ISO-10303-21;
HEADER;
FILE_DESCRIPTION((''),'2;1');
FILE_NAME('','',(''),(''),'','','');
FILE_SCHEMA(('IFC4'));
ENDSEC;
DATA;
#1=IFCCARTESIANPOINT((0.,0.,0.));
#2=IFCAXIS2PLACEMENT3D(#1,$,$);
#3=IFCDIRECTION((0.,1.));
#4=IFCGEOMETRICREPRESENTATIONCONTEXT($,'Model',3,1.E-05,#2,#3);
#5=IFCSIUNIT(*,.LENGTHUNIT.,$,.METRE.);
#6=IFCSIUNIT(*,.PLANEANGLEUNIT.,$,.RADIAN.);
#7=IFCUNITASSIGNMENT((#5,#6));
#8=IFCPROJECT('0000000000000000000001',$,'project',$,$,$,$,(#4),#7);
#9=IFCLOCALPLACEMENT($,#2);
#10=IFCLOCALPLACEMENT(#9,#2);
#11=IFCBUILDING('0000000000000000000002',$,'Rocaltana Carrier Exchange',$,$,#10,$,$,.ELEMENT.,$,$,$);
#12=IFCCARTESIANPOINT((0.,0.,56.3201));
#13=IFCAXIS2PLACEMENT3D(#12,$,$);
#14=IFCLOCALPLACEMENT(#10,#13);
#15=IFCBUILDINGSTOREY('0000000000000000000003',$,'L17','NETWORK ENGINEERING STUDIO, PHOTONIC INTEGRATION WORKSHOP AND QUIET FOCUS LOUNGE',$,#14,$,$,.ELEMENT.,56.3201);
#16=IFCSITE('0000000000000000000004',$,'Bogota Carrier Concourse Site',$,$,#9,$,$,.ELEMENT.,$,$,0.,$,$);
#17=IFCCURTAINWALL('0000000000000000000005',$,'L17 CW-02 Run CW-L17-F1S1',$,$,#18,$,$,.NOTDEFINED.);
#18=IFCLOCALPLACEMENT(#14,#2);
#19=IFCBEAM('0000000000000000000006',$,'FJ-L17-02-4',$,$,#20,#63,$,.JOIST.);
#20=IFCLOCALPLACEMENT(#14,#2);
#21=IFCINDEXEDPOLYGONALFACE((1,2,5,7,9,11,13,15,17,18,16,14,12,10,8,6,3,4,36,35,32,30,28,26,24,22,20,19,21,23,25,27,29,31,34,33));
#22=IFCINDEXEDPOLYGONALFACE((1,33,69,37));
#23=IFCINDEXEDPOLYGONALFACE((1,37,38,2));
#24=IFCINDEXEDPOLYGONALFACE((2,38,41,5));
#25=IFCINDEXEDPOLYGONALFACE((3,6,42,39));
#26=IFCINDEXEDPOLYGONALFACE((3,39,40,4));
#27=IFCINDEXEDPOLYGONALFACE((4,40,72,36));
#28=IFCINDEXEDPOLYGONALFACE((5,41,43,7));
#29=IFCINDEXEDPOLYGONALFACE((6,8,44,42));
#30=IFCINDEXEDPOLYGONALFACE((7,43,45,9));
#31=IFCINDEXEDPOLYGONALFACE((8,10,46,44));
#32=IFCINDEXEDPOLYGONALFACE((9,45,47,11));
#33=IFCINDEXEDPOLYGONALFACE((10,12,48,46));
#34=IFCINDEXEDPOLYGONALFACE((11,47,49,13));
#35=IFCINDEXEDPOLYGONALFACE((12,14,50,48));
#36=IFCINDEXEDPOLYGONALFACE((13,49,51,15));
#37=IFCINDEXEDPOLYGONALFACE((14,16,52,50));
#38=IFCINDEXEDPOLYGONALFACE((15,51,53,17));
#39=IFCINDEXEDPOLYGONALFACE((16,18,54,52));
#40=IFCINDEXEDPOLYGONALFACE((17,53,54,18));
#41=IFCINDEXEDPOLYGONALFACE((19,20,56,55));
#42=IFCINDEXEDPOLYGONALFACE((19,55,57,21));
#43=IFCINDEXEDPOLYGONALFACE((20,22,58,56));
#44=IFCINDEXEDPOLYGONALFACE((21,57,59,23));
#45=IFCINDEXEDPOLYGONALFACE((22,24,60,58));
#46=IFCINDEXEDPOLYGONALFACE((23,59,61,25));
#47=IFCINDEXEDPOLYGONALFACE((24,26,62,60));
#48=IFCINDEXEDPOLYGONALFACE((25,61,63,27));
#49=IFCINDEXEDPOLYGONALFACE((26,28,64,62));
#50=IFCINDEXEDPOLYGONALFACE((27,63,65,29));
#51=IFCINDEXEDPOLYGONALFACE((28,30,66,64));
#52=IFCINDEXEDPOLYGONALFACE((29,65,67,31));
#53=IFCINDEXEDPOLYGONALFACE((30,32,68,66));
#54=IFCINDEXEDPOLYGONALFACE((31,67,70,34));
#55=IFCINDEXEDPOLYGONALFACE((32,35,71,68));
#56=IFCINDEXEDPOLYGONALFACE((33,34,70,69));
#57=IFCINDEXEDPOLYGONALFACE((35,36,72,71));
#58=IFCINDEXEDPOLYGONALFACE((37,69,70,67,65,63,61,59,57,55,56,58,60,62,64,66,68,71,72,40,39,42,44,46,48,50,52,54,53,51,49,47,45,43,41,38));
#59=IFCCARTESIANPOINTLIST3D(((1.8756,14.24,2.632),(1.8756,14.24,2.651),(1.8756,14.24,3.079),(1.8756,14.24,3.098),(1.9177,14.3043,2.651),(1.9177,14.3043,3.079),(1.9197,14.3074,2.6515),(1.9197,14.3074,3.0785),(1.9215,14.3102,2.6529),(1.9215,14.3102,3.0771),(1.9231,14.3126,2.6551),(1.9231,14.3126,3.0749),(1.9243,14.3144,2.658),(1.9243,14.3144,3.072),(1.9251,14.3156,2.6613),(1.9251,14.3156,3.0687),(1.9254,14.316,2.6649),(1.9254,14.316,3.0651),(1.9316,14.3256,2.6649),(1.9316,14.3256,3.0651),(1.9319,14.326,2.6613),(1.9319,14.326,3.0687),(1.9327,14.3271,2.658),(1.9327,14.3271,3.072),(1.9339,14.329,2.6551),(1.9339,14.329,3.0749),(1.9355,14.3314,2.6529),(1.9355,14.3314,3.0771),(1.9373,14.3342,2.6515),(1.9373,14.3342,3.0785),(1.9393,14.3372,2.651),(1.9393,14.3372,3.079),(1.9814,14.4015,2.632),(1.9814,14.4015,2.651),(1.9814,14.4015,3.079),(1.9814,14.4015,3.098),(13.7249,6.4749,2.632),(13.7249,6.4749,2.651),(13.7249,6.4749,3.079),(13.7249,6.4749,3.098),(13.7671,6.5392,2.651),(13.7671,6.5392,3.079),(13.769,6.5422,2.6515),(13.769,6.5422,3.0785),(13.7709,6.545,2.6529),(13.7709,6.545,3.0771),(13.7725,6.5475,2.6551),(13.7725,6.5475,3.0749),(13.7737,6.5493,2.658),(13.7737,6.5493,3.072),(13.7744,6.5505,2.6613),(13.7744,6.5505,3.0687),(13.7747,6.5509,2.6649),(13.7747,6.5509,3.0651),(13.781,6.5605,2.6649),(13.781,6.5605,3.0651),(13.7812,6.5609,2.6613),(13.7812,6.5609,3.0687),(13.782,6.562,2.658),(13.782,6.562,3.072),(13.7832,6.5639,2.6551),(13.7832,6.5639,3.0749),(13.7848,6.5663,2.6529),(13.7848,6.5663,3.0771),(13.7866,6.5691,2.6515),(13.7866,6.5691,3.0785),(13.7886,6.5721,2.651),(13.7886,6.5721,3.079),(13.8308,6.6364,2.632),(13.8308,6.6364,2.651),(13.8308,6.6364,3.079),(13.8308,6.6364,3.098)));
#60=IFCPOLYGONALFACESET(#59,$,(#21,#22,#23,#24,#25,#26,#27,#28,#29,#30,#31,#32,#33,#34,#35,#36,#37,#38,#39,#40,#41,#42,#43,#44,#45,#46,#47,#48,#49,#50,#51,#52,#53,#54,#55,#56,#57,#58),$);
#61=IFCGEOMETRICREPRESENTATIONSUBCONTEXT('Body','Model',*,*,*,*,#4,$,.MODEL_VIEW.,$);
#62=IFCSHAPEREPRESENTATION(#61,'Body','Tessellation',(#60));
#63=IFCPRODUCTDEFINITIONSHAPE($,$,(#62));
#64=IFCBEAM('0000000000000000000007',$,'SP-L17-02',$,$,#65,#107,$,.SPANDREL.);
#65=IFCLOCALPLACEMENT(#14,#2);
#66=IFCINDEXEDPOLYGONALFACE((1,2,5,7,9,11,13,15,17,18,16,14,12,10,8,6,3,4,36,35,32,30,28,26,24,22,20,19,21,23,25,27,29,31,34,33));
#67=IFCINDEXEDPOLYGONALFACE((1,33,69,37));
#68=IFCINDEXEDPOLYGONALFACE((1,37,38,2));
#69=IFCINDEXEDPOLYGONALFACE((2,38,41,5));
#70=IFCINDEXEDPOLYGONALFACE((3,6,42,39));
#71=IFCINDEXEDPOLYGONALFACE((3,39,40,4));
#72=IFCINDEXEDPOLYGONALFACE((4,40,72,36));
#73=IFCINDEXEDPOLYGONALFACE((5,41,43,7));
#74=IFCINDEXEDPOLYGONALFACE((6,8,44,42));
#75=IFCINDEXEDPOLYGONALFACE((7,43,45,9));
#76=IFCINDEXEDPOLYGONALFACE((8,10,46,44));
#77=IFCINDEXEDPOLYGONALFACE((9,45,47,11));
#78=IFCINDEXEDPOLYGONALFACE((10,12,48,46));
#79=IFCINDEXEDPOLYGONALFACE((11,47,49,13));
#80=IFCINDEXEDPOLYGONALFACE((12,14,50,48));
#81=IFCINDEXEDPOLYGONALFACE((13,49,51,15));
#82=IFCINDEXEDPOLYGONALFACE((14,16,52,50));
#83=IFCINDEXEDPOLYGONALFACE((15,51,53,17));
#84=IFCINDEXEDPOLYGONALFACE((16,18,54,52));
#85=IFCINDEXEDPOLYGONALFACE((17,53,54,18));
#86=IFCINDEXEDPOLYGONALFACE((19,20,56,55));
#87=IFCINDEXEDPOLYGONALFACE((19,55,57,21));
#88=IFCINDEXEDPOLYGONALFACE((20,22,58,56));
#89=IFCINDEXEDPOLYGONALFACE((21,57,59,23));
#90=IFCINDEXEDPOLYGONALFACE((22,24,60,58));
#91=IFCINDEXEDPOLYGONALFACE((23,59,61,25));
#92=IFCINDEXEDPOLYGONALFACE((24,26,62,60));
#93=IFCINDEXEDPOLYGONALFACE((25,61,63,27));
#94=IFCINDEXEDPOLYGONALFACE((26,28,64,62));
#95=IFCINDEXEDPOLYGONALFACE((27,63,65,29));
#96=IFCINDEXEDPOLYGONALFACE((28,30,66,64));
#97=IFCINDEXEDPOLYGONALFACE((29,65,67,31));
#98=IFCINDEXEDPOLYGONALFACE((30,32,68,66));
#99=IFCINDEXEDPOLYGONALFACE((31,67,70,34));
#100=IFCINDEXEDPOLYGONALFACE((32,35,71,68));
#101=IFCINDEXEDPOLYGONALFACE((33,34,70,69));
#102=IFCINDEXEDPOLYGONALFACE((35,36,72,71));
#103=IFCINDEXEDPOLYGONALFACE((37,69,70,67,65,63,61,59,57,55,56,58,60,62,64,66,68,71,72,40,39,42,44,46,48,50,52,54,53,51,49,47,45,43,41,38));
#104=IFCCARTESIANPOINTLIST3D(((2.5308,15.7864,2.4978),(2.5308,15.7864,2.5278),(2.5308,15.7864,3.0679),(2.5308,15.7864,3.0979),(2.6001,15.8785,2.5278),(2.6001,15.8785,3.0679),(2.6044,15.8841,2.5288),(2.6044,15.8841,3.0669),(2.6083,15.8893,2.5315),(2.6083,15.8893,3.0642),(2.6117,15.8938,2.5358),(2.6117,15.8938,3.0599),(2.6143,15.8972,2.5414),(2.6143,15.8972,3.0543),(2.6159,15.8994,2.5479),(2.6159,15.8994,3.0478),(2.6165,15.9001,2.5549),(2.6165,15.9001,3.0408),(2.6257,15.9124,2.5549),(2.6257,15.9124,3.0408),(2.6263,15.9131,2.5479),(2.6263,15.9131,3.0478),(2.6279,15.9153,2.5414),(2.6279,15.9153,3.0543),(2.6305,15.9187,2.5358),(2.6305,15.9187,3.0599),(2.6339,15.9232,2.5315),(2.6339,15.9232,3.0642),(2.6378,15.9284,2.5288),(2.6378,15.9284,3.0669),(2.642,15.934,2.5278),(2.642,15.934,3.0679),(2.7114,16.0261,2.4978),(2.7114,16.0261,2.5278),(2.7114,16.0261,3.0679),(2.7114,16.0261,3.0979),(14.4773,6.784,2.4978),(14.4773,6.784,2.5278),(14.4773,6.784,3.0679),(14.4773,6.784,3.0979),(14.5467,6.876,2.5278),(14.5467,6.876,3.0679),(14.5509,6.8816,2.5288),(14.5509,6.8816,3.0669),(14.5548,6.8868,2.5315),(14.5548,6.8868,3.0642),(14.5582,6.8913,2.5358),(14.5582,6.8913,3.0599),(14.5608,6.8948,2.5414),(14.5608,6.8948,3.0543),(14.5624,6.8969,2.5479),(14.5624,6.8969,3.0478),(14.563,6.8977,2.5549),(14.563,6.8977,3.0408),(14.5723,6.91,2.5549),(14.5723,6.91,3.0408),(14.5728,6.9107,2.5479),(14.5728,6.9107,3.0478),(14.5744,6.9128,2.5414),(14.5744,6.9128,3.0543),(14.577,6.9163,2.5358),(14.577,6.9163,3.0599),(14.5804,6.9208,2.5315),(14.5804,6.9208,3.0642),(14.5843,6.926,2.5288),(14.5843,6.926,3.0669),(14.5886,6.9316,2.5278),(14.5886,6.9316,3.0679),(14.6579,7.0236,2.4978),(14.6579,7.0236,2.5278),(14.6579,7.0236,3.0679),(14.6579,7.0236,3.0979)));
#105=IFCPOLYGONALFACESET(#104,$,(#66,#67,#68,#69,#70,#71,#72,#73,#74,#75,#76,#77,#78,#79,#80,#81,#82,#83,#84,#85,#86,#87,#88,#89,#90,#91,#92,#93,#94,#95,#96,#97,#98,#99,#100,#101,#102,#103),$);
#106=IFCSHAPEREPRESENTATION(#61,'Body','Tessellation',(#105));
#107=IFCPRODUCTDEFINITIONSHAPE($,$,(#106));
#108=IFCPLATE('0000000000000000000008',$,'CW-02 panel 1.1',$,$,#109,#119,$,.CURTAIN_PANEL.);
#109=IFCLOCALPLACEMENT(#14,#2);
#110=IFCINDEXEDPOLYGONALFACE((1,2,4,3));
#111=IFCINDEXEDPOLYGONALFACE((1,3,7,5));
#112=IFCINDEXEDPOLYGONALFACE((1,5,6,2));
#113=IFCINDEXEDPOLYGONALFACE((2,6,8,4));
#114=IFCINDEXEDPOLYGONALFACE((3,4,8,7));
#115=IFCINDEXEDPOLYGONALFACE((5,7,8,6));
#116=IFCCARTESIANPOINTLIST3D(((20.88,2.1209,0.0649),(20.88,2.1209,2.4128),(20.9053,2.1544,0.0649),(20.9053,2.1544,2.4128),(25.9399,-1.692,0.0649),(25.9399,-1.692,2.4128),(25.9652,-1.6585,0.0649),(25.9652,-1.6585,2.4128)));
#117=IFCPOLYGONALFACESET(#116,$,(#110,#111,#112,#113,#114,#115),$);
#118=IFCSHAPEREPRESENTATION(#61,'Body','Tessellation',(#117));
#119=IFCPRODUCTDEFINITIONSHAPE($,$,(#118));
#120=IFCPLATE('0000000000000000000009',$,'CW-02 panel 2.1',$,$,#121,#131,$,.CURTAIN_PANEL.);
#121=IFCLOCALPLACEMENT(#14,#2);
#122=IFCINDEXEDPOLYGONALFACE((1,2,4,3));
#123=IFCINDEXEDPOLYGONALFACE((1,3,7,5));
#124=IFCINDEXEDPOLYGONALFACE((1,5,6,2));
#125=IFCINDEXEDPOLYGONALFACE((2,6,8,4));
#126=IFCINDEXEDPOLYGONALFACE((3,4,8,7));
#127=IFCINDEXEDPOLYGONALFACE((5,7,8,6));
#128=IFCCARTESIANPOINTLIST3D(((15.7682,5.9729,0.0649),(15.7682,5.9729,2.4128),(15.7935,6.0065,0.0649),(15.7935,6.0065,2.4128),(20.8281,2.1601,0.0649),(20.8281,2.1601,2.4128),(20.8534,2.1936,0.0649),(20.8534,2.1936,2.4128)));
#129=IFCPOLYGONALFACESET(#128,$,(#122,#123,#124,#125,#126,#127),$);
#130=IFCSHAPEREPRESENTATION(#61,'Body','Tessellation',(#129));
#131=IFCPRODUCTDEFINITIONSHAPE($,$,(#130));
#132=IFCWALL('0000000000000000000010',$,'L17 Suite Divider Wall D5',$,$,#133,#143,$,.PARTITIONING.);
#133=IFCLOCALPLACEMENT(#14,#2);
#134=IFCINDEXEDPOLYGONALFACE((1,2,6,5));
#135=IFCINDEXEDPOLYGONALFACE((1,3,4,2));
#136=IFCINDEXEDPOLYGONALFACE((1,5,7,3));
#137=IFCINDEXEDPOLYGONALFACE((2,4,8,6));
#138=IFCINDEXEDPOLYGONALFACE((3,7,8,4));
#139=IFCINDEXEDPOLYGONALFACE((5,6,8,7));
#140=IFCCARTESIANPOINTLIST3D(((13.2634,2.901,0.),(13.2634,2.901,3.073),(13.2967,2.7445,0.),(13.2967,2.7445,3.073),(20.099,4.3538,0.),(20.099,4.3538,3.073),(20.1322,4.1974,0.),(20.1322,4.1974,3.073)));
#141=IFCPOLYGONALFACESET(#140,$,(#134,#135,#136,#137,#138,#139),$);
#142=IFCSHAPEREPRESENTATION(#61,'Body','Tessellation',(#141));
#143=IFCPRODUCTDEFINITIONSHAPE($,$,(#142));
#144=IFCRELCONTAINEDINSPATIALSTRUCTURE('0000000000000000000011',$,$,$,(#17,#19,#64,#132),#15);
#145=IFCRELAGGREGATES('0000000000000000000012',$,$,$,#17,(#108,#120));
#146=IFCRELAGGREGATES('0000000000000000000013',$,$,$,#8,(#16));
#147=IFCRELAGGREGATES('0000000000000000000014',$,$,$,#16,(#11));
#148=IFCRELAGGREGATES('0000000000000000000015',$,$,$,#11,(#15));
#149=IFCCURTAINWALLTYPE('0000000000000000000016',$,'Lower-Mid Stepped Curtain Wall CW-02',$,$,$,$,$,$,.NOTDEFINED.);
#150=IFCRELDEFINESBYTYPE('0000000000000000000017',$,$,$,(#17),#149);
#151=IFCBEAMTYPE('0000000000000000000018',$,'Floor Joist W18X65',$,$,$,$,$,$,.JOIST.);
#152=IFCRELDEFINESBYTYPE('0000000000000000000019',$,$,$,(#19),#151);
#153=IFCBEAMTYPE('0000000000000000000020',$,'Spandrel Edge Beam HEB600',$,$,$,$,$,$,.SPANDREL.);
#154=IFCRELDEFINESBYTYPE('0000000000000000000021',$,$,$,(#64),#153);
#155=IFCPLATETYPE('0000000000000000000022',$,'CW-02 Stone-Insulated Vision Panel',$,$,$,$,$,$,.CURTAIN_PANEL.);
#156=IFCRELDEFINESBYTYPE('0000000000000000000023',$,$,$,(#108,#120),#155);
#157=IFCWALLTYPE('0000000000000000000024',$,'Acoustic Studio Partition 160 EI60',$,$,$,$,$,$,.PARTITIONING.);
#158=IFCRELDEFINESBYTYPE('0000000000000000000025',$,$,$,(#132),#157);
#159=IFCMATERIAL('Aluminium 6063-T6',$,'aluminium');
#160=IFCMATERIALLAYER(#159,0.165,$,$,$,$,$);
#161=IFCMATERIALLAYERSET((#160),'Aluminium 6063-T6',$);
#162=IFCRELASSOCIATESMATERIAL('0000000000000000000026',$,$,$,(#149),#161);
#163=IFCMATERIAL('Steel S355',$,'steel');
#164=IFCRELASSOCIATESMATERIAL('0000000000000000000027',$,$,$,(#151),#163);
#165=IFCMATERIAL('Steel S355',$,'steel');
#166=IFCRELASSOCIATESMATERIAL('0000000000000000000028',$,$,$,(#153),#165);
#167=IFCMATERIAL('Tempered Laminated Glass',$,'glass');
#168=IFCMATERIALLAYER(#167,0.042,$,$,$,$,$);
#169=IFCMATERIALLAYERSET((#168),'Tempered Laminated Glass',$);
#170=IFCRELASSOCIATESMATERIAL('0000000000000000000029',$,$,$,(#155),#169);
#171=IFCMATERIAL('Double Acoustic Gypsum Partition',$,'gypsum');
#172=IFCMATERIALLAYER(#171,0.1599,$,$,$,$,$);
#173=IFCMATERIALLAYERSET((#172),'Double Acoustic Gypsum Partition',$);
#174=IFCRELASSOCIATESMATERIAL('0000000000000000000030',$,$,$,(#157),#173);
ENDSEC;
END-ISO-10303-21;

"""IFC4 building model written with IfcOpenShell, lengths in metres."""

from ifc_helpers import new_model, si_unit, direction, frame, frame_2d, origin, origin_2d, place, context, subcontext, project, spatial, rectangle, i_section, extrude, material, layer, layer_set, material_profile, profile_set, type_object, element, aggregate, save


model = new_model("IFC4")

# Units and contexts
model_context = context("Model", 3, precision=1e-05, world=origin(), true_north=direction((0.0, 1.0)))
body_context = subcontext(model_context, "Body", "Model", "MODEL_VIEW")
ifc_project = project(units=[si_unit("LENGTHUNIT", "METRE"), si_unit("PLANEANGLEUNIT", "RADIAN")], contexts=[model_context])

# Site, building, storey
site_placement = place(None, origin())
site = spatial("IfcSite", under=ifc_project, at=site_placement, Name="Bogota Carrier Concourse Site", CompositionType="ELEMENT", RefElevation=0.0)
building_placement = place(site_placement, origin())
building = spatial("IfcBuilding", under=site, at=building_placement, Name="Rocaltana Carrier Exchange", CompositionType="ELEMENT")
storey_placement = place(building_placement, frame((0.0, 0.0, 56.3201)))
storey = spatial("IfcBuildingStorey", under=building, at=storey_placement, Name="L17", Description="NETWORK ENGINEERING STUDIO, PHOTONIC INTEGRATION WORKSHOP AND QUIET FOCUS LOUNGE", CompositionType="ELEMENT", Elevation=56.3201)

# Curtain wall
ifc_material_1 = material(Name="Aluminium 6063-T6", Category="aluminium")
ifc_layer_1 = layer(ifc_material_1, 0.165)
ifc_layer_set_1 = layer_set([ifc_layer_1], Name="Aluminium 6063-T6")
curtain_wall_type = type_object("IfcCurtainWallType", Name="Lower-Mid Stepped Curtain Wall CW-02", PredefinedType="NOTDEFINED", material=ifc_layer_set_1)
curtain_wall_1_placement = place(storey_placement, origin())
curtain_wall_1 = element("IfcCurtainWall", 1, at=curtain_wall_1_placement, inside=storey, type_object=curtain_wall_type, Name="L17 CW-02 Run CW-L17-F1S1", PredefinedType="NOTDEFINED")

# Beams
ifc_material_2 = material(Name="Steel S355", Category="steel")
ifc_material_profile_1 = material_profile(ifc_material_2, i_section(OverallWidth=0.1931, OverallDepth=0.4661, WebThickness=0.0115, FlangeThickness=0.019, FilletRadius=0.0139, at=origin_2d()), Name="W18X65")
ifc_profile_set_1 = profile_set([ifc_material_profile_1], Name="Steel S355")
beam_type_1 = type_object("IfcBeamType", Name="Floor Joist W18X65", PredefinedType="JOIST", material=ifc_profile_set_1)
beam_1_placement = place(storey_placement, frame((13.7778, 6.5557, 2.865), z_axis=(-0.836404, 0.548113, 0.0), x_axis=(-0.548113, -0.836404, 0.0)))
element("IfcBeam", 2, at=beam_1_placement, inside=storey, type_object=beam_type_1, Name="FJ-L17-02-4", PredefinedType="JOIST", context=body_context, shape_type="SweptSolid", body=[
    extrude(i_section(OverallWidth=0.1931, OverallDepth=0.4661, WebThickness=0.0115, FlangeThickness=0.019, FilletRadius=0.0139, at=origin_2d()), origin(), (0.0, 0.0, 1.0), 14.167),
])
ifc_material_3 = material(Name="Steel S355", Category="steel")
ifc_material_profile_2 = material_profile(ifc_material_3, i_section(OverallWidth=0.3, OverallDepth=0.6001, WebThickness=0.0154, FlangeThickness=0.03, FilletRadius=0.0271, at=origin_2d()), Name="HEB600")
ifc_profile_set_2 = profile_set([ifc_material_profile_2], Name="Steel S355")
beam_type_2 = type_object("IfcBeamType", Name="Spandrel Edge Beam HEB600", PredefinedType="SPANDREL", material=ifc_profile_set_2)
beam_2_placement = place(storey_placement, frame((14.5676, 6.9038, 2.7979), z_axis=(-0.798633, 0.601819, 0.0), x_axis=(-0.601819, -0.798633, 0.0)))
element("IfcBeam", 3, at=beam_2_placement, inside=storey, type_object=beam_type_2, Name="SP-L17-02", PredefinedType="SPANDREL", context=body_context, shape_type="SweptSolid", body=[
    extrude(i_section(OverallWidth=0.3, OverallDepth=0.6001, WebThickness=0.0154, FlangeThickness=0.03, FilletRadius=0.0271, at=origin_2d()), origin(), (0.0, 0.0, 1.0), 14.9587),
])

# Plates
ifc_material_4 = material(Name="Tempered Laminated Glass", Category="glass")
ifc_layer_2 = layer(ifc_material_4, 0.042)
ifc_layer_set_2 = layer_set([ifc_layer_2], Name="Tempered Laminated Glass")
plate_type = type_object("IfcPlateType", Name="CW-02 Stone-Insulated Vision Panel", PredefinedType="CURTAIN_PANEL", material=ifc_layer_set_2)
plate_1_placement = place(storey_placement, frame((23.4226, 0.2312, 0.0649), z_axis=(0.0, 0.0, 1.0), x_axis=(-0.798642, 0.601807, 0.0)))
plate_1 = element("IfcPlate", 4, at=plate_1_placement, type_object=plate_type, Name="CW-02 panel 1.1", PredefinedType="CURTAIN_PANEL", context=body_context, shape_type="SweptSolid", body=[
    extrude(rectangle(XDim=6.3357, YDim=0.042, at=origin_2d()), origin(), (0.0, 0.0, 1.0), 2.3479),
])
plate_2_placement = place(storey_placement, frame((18.3108, 4.0833, 0.0649), z_axis=(0.0, 0.0, 1.0), x_axis=(-0.798642, 0.601807, 0.0)))
plate_2 = element("IfcPlate", 5, at=plate_2_placement, type_object=plate_type, Name="CW-02 panel 2.1", PredefinedType="CURTAIN_PANEL", context=body_context, shape_type="SweptSolid", body=[
    extrude(rectangle(XDim=6.3357, YDim=0.042, at=origin_2d()), origin(), (0.0, 0.0, 1.0), 2.3479),
])
aggregate(curtain_wall_1, [plate_1, plate_2])

# Wall
ifc_material_5 = material(Name="Double Acoustic Gypsum Partition", Category="gypsum")
ifc_layer_3 = layer(ifc_material_5, 0.1599)
ifc_layer_set_3 = layer_set([ifc_layer_3], Name="Double Acoustic Gypsum Partition")
wall_type_1 = type_object("IfcWallType", Name="Acoustic Studio Partition 160 EI60", PredefinedType="PARTITIONING", material=ifc_layer_set_3)
wall_1_placement = place(storey_placement, frame((13.28, 2.8228, 0.0), z_axis=(0.0, 0.0, 1.0), x_axis=(0.97815, 0.207899, 0.0)))
element("IfcWall", 6, at=wall_1_placement, inside=storey, type_object=wall_type_1, Name="L17 Suite Divider Wall D5", PredefinedType="PARTITIONING", context=body_context, shape_type="SweptSolid", body=[
    extrude(rectangle(XDim=6.9883, YDim=0.1599, at=frame_2d((3.4941, 0.0))), origin(), (0.0, 0.0, 1.0), 3.073),
])

save(model, "model.ifc")
